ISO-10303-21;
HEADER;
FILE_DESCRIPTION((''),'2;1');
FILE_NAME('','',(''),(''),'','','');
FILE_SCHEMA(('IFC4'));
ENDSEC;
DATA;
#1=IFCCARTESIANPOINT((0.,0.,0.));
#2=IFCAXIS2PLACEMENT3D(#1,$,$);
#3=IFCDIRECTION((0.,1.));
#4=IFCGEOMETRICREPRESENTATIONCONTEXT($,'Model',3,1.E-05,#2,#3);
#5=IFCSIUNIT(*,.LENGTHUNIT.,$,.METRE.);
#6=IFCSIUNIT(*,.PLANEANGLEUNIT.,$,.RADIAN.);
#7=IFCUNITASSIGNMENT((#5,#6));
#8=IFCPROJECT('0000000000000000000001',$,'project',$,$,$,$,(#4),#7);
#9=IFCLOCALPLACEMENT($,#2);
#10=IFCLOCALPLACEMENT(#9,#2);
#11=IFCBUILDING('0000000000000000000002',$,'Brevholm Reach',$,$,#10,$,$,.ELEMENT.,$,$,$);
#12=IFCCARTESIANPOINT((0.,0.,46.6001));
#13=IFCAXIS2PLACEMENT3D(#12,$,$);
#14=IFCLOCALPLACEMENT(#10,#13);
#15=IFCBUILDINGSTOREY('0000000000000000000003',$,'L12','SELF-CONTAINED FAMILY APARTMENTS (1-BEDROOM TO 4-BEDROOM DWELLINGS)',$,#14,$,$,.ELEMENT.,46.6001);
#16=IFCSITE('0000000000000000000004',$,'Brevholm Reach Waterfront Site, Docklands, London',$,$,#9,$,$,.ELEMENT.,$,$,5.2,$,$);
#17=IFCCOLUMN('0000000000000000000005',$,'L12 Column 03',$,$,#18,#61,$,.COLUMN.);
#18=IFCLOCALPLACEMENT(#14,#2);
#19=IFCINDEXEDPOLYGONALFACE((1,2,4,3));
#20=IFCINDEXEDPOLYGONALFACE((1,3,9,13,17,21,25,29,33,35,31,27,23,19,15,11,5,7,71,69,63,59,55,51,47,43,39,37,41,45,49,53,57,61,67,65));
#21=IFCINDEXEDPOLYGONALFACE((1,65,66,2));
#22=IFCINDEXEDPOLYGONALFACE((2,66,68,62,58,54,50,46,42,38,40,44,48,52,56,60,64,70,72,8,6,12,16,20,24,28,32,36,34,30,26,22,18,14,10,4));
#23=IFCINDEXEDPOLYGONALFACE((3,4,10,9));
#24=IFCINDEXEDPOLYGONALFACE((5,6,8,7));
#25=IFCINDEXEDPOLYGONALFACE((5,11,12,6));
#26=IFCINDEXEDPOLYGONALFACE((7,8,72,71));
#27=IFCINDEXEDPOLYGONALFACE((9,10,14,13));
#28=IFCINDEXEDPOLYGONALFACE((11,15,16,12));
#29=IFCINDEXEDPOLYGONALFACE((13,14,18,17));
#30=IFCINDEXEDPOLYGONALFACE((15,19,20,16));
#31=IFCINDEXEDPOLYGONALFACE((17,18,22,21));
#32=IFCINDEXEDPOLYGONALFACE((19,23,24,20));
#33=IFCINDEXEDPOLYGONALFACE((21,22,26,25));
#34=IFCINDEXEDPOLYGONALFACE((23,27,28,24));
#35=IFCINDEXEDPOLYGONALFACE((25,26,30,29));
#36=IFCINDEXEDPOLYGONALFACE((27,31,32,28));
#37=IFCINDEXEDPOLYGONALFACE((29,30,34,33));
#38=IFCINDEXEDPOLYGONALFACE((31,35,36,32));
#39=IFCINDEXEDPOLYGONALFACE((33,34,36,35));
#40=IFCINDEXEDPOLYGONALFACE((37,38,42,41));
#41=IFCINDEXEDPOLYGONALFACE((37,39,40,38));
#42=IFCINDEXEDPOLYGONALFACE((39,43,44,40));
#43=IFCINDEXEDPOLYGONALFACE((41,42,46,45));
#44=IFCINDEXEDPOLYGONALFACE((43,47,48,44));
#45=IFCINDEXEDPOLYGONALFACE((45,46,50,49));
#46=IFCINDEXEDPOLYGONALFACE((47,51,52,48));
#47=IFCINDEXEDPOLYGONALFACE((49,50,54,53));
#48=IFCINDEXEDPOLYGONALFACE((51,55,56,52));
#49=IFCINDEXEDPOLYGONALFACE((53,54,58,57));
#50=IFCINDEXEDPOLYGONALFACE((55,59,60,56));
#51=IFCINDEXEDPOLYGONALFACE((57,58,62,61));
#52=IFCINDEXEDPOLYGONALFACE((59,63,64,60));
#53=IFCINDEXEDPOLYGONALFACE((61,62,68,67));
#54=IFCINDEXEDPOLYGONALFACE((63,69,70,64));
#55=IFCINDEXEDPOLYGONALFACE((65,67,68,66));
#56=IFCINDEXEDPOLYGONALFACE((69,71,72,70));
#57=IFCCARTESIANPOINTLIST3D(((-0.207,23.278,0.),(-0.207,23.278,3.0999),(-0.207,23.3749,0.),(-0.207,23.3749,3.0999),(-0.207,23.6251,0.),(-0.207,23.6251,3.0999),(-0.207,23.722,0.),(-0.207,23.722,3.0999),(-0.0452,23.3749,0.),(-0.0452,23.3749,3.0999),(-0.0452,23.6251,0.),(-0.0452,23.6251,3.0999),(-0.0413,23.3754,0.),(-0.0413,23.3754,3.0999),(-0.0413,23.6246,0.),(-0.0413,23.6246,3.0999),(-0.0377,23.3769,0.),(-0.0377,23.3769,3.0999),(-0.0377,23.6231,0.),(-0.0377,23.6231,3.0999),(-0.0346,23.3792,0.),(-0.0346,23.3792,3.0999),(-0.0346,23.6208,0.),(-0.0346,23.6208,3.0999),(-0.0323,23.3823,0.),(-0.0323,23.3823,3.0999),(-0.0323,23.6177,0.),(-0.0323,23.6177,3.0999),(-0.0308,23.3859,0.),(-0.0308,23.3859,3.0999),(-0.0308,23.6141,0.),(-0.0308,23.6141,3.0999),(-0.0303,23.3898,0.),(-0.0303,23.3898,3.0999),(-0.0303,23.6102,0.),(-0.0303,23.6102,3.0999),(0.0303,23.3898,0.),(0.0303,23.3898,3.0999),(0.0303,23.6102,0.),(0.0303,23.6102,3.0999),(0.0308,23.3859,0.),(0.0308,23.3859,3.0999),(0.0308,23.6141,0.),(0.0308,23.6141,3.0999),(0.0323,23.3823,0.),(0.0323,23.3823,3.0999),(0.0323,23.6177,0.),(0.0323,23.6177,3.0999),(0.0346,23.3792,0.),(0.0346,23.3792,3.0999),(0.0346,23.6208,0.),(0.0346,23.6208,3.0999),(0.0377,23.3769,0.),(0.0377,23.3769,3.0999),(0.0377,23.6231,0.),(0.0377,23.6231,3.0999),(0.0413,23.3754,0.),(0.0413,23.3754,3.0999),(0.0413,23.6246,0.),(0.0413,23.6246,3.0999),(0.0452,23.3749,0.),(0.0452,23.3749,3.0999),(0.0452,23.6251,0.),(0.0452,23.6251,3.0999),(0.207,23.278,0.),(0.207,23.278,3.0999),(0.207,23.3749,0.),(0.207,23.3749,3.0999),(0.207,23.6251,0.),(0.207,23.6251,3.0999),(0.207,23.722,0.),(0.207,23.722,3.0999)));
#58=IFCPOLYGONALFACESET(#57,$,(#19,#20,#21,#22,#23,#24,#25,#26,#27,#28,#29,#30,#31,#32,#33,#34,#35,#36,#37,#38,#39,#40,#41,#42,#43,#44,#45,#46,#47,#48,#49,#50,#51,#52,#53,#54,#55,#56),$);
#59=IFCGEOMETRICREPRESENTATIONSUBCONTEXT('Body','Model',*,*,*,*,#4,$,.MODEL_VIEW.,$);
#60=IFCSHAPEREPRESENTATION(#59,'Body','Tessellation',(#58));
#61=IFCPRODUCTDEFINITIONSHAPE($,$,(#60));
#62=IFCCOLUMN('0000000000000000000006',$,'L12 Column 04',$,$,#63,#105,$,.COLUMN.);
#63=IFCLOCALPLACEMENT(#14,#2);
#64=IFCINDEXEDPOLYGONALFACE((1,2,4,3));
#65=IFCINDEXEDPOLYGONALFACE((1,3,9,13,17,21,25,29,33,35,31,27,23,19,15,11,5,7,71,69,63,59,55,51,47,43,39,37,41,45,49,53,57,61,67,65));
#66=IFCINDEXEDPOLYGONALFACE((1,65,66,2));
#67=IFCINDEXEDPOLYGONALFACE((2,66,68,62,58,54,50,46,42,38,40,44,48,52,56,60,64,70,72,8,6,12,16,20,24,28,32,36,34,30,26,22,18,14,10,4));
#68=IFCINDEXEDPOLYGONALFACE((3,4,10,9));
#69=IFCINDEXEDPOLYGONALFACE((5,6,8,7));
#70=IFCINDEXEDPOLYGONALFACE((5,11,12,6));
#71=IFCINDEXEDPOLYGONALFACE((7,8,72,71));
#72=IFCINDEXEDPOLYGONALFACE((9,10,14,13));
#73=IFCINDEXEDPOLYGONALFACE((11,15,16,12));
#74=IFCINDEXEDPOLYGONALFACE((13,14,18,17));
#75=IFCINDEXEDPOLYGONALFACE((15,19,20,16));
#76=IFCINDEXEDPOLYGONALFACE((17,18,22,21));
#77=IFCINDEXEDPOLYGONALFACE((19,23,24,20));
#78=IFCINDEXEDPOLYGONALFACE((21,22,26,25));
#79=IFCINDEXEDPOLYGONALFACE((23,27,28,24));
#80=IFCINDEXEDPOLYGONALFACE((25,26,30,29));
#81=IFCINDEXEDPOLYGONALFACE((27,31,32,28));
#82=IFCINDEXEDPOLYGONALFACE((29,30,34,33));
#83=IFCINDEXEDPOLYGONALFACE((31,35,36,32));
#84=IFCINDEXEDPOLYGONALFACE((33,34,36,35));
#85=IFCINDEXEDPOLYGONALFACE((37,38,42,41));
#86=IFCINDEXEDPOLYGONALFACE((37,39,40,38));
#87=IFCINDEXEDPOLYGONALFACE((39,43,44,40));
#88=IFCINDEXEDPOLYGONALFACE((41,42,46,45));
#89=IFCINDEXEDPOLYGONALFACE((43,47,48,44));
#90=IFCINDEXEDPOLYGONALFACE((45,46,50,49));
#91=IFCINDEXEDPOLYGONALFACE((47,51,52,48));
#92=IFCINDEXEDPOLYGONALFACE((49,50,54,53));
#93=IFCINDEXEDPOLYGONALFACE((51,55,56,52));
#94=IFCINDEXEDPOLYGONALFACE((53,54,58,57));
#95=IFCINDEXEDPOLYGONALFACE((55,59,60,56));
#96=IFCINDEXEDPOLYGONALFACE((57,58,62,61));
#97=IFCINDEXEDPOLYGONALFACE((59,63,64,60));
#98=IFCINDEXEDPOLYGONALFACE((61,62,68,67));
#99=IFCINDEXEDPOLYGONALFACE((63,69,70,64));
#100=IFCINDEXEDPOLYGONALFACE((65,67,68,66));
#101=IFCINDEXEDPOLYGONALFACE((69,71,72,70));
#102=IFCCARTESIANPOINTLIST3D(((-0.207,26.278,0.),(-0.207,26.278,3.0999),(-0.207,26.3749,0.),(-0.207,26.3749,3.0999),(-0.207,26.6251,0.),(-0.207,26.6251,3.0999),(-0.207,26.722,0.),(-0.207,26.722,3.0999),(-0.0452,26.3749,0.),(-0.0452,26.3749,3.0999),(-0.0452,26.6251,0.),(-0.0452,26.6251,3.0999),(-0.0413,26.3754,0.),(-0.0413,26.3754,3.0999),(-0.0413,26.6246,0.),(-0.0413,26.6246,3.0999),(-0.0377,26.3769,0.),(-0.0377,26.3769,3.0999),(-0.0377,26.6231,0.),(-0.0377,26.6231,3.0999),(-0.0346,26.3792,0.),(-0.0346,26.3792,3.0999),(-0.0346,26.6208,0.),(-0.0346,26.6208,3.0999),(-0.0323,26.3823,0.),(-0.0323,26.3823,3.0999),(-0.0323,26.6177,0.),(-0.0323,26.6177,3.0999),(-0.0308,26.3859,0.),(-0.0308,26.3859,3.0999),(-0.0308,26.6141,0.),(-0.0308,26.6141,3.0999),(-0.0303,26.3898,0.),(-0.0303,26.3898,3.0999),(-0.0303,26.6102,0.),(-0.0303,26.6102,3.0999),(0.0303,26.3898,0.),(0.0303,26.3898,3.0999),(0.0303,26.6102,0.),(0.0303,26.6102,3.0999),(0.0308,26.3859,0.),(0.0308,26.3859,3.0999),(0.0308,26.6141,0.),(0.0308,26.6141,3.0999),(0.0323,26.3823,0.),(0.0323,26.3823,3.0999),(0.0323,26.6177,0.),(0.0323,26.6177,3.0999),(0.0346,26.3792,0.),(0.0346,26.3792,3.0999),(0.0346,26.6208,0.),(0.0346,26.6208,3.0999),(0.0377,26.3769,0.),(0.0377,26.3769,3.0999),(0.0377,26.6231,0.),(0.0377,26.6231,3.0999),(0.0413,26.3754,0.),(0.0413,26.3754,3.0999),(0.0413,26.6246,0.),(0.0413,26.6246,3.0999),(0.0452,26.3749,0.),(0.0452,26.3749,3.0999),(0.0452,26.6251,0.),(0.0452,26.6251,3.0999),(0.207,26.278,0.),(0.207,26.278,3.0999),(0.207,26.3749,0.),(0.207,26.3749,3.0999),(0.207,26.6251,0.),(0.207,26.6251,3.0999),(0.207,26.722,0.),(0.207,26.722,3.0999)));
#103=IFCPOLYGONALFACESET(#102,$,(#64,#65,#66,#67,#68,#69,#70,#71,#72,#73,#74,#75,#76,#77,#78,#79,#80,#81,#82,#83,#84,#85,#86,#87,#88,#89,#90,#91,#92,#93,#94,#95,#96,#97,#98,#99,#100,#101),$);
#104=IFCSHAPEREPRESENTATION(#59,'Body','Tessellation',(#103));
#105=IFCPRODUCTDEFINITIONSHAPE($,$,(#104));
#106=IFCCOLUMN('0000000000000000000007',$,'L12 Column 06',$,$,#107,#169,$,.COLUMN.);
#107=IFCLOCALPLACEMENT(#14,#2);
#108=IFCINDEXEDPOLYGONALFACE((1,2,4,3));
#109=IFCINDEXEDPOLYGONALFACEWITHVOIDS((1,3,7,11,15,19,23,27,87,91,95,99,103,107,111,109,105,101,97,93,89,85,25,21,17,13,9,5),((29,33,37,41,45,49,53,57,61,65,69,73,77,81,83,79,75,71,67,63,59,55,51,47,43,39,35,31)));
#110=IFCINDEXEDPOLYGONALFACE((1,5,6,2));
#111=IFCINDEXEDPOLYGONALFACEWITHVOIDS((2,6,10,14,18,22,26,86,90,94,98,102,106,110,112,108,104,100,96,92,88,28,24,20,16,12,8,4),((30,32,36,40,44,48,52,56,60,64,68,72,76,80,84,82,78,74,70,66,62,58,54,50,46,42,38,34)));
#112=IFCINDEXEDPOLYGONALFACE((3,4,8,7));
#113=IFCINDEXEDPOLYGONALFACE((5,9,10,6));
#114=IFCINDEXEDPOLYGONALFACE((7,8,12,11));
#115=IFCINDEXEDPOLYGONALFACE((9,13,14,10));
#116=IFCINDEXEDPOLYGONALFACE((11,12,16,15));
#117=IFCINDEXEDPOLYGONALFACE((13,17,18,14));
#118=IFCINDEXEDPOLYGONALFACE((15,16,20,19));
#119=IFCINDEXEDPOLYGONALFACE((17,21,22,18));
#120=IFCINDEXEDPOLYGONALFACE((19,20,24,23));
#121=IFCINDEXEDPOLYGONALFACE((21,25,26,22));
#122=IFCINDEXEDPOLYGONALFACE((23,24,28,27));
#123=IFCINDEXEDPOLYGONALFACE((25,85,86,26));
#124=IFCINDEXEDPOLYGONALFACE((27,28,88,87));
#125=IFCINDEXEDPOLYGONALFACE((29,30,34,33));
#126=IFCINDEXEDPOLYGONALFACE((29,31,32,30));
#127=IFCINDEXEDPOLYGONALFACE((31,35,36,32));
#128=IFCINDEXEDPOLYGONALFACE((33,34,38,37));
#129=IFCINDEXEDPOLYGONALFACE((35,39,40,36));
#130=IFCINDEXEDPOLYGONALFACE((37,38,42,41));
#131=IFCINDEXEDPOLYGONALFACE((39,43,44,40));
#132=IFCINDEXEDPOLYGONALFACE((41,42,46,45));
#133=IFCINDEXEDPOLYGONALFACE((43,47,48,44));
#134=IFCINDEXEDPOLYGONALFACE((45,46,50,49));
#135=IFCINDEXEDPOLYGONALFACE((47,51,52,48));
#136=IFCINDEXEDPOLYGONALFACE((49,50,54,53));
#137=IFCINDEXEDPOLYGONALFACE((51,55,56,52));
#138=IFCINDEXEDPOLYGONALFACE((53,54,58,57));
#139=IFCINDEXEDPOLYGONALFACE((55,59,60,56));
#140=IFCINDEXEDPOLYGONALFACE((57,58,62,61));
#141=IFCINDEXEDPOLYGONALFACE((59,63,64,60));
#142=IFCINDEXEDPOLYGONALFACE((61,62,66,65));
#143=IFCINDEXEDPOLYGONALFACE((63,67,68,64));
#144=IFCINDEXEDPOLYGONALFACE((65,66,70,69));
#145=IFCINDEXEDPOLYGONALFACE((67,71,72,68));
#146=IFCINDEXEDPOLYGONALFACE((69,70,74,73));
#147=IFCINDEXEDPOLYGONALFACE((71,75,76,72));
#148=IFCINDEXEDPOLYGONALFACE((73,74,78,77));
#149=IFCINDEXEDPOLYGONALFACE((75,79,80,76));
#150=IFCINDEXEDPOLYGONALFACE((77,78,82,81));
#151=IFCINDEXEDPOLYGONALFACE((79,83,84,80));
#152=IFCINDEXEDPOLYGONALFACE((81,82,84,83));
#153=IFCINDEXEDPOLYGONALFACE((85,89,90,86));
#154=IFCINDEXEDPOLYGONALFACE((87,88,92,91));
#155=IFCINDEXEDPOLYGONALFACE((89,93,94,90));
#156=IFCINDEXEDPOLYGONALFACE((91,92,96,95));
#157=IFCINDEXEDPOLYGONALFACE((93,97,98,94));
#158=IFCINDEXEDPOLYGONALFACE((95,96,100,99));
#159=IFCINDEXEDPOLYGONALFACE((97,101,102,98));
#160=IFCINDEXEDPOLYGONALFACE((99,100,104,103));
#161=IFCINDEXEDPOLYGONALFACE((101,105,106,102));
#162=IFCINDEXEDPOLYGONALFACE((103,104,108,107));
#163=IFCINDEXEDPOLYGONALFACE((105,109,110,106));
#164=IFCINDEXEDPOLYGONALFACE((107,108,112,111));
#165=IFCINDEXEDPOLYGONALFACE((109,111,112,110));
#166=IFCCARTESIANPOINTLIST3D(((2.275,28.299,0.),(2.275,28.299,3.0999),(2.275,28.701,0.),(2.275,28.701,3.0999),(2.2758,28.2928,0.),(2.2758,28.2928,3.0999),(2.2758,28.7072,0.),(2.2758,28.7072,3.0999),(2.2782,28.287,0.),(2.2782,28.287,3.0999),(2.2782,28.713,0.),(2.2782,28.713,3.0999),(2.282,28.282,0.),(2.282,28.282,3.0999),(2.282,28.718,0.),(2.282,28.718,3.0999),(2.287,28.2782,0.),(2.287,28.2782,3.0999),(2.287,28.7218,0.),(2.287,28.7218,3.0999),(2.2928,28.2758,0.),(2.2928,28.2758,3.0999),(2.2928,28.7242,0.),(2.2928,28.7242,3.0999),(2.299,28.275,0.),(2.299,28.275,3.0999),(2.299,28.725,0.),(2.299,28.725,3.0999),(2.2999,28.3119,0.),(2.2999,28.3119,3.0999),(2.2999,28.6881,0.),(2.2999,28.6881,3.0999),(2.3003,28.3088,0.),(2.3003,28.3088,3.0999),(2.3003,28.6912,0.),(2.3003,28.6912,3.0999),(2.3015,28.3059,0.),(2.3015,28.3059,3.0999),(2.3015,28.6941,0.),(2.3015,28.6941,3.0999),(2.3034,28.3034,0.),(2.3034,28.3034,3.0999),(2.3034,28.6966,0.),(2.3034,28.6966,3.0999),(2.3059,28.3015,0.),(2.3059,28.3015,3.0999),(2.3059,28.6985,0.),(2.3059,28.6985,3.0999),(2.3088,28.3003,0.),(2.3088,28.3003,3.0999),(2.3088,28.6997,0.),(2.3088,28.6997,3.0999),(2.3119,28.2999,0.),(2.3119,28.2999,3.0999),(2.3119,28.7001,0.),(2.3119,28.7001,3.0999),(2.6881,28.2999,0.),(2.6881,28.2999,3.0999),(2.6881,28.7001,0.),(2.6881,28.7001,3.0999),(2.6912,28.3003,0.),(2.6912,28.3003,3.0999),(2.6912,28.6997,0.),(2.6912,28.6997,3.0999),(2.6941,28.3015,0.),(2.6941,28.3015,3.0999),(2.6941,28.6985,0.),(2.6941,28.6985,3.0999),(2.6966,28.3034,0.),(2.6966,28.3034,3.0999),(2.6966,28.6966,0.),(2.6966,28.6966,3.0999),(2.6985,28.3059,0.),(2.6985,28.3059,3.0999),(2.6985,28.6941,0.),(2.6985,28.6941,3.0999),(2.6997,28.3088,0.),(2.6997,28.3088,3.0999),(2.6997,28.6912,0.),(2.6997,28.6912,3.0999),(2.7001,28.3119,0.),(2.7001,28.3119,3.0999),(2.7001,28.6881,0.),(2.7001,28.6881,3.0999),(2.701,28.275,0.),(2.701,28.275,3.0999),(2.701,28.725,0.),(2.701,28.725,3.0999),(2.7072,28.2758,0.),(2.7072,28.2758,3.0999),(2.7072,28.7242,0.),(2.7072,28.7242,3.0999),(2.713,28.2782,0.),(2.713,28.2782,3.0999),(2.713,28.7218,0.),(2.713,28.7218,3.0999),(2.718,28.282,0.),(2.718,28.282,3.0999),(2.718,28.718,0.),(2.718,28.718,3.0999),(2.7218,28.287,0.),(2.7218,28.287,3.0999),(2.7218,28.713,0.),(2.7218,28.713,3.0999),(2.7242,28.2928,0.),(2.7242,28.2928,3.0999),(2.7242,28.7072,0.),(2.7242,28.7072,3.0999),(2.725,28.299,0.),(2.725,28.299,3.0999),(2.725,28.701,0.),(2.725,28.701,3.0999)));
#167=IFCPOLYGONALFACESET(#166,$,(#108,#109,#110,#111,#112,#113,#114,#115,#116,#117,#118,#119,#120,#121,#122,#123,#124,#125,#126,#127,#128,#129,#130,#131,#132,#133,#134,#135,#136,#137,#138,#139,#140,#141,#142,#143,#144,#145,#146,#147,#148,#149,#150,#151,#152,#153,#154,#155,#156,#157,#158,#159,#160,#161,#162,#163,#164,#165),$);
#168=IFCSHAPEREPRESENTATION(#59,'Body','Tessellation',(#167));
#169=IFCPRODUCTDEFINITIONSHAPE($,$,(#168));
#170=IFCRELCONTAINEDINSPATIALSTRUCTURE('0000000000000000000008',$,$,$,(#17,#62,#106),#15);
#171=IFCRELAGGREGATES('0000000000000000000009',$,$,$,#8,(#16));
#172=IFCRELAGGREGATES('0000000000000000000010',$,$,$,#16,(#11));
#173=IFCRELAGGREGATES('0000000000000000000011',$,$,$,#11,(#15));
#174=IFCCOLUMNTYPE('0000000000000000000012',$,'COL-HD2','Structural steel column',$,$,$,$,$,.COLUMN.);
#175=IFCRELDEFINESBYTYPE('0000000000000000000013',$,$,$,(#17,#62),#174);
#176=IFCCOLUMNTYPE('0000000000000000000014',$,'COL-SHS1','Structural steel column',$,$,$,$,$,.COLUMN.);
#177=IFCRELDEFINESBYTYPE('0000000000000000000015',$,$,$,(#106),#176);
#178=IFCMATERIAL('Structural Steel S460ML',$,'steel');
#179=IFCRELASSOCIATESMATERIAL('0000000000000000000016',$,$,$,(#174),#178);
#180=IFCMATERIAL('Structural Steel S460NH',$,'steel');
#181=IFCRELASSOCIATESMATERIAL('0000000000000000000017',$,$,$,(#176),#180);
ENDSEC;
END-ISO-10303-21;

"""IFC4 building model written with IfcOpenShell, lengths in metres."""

from ifc_helpers import new_model, si_unit, direction, frame, origin, origin_2d, place, context, subcontext, project, spatial, hollow_rectangle, i_section, extrude, material, material_profile, profile_set, type_object, element, save


model = new_model("IFC4")

# Units and contexts
model_context = context("Model", 3, precision=1e-05, world=origin(), true_north=direction((0.0, 1.0)))
body_context = subcontext(model_context, "Body", "Model", "MODEL_VIEW")
ifc_project = project(units=[si_unit("LENGTHUNIT", "METRE"), si_unit("PLANEANGLEUNIT", "RADIAN")], contexts=[model_context])

# Site, building, storey
site_placement = place(None, origin())
site = spatial("IfcSite", under=ifc_project, at=site_placement, Name="Brevholm Reach Waterfront Site, Docklands, London", CompositionType="ELEMENT", RefElevation=5.2)
building_placement = place(site_placement, origin())
building = spatial("IfcBuilding", under=site, at=building_placement, Name="Brevholm Reach", CompositionType="ELEMENT")
storey_placement = place(building_placement, frame((0.0, 0.0, 46.6001)))
storey = spatial("IfcBuildingStorey", under=building, at=storey_placement, Name="L12", Description="SELF-CONTAINED FAMILY APARTMENTS (1-BEDROOM TO 4-BEDROOM DWELLINGS)", CompositionType="ELEMENT", Elevation=46.6001)

# Columns
ifc_material_1 = material(Name="Structural Steel S460ML", Category="steel")
ifc_material_profile_1 = material_profile(ifc_material_1, i_section(OverallWidth=0.4141, OverallDepth=0.4441, WebThickness=0.0605, FlangeThickness=0.0969, FilletRadius=0.0149, at=origin_2d()), Name="HD 400x818")
ifc_profile_set_1 = profile_set([ifc_material_profile_1], Name="Structural Steel S460ML")
column_type_1 = type_object("IfcColumnType", Name="COL-HD2", Description="Structural steel column", PredefinedType="COLUMN", material=ifc_profile_set_1)
for number, where, z_axis, x_axis, name in (
    (1, (0.0, 23.5, 0.0), (0.0, 0.0, 1.0), (1.0, 0.0, 0.0), "L12 Column 03"),
    (2, (0.0, 26.5, 0.0), (0.0, 0.0, 1.0), (1.0, 0.0, 0.0), "L12 Column 04"),
):
    element("IfcColumn", number, at=place(storey_placement, frame(where, z_axis=z_axis, x_axis=x_axis)), inside=storey, type_object=column_type_1, Name=name, PredefinedType="COLUMN", context=body_context, shape_type="SweptSolid", body=[
        extrude(i_section(OverallWidth=0.4141, OverallDepth=0.4441, WebThickness=0.0605, FlangeThickness=0.0969, FilletRadius=0.0149, at=origin_2d()), origin(), (0.0, 0.0, 1.0), 3.0999),
    ])
ifc_material_2 = material(Name="Structural Steel S460NH", Category="steel")
ifc_material_profile_2 = material_profile(ifc_material_2, hollow_rectangle(XDim=0.45, YDim=0.45, WallThickness=0.0249, InnerFilletRadius=0.012, OuterFilletRadius=0.0239, at=origin_2d()), Name="SHS 450x450x25")
ifc_profile_set_2 = profile_set([ifc_material_profile_2], Name="Structural Steel S460NH")
column_type_2 = type_object("IfcColumnType", Name="COL-SHS1", Description="Structural steel column", PredefinedType="COLUMN", material=ifc_profile_set_2)
column_1_placement = place(storey_placement, frame((2.5, 28.5, 0.0), z_axis=(0.0, 0.0, 1.0), x_axis=(1.0, 0.0, 0.0)))
element("IfcColumn", 3, at=column_1_placement, inside=storey, type_object=column_type_2, Name="L12 Column 06", PredefinedType="COLUMN", context=body_context, shape_type="SweptSolid", body=[
    extrude(hollow_rectangle(XDim=0.45, YDim=0.45, WallThickness=0.0249, InnerFilletRadius=0.012, OuterFilletRadius=0.0239, at=origin_2d()), origin(), (0.0, 0.0, 1.0), 3.0999),
])

save(model, "model.ifc")
